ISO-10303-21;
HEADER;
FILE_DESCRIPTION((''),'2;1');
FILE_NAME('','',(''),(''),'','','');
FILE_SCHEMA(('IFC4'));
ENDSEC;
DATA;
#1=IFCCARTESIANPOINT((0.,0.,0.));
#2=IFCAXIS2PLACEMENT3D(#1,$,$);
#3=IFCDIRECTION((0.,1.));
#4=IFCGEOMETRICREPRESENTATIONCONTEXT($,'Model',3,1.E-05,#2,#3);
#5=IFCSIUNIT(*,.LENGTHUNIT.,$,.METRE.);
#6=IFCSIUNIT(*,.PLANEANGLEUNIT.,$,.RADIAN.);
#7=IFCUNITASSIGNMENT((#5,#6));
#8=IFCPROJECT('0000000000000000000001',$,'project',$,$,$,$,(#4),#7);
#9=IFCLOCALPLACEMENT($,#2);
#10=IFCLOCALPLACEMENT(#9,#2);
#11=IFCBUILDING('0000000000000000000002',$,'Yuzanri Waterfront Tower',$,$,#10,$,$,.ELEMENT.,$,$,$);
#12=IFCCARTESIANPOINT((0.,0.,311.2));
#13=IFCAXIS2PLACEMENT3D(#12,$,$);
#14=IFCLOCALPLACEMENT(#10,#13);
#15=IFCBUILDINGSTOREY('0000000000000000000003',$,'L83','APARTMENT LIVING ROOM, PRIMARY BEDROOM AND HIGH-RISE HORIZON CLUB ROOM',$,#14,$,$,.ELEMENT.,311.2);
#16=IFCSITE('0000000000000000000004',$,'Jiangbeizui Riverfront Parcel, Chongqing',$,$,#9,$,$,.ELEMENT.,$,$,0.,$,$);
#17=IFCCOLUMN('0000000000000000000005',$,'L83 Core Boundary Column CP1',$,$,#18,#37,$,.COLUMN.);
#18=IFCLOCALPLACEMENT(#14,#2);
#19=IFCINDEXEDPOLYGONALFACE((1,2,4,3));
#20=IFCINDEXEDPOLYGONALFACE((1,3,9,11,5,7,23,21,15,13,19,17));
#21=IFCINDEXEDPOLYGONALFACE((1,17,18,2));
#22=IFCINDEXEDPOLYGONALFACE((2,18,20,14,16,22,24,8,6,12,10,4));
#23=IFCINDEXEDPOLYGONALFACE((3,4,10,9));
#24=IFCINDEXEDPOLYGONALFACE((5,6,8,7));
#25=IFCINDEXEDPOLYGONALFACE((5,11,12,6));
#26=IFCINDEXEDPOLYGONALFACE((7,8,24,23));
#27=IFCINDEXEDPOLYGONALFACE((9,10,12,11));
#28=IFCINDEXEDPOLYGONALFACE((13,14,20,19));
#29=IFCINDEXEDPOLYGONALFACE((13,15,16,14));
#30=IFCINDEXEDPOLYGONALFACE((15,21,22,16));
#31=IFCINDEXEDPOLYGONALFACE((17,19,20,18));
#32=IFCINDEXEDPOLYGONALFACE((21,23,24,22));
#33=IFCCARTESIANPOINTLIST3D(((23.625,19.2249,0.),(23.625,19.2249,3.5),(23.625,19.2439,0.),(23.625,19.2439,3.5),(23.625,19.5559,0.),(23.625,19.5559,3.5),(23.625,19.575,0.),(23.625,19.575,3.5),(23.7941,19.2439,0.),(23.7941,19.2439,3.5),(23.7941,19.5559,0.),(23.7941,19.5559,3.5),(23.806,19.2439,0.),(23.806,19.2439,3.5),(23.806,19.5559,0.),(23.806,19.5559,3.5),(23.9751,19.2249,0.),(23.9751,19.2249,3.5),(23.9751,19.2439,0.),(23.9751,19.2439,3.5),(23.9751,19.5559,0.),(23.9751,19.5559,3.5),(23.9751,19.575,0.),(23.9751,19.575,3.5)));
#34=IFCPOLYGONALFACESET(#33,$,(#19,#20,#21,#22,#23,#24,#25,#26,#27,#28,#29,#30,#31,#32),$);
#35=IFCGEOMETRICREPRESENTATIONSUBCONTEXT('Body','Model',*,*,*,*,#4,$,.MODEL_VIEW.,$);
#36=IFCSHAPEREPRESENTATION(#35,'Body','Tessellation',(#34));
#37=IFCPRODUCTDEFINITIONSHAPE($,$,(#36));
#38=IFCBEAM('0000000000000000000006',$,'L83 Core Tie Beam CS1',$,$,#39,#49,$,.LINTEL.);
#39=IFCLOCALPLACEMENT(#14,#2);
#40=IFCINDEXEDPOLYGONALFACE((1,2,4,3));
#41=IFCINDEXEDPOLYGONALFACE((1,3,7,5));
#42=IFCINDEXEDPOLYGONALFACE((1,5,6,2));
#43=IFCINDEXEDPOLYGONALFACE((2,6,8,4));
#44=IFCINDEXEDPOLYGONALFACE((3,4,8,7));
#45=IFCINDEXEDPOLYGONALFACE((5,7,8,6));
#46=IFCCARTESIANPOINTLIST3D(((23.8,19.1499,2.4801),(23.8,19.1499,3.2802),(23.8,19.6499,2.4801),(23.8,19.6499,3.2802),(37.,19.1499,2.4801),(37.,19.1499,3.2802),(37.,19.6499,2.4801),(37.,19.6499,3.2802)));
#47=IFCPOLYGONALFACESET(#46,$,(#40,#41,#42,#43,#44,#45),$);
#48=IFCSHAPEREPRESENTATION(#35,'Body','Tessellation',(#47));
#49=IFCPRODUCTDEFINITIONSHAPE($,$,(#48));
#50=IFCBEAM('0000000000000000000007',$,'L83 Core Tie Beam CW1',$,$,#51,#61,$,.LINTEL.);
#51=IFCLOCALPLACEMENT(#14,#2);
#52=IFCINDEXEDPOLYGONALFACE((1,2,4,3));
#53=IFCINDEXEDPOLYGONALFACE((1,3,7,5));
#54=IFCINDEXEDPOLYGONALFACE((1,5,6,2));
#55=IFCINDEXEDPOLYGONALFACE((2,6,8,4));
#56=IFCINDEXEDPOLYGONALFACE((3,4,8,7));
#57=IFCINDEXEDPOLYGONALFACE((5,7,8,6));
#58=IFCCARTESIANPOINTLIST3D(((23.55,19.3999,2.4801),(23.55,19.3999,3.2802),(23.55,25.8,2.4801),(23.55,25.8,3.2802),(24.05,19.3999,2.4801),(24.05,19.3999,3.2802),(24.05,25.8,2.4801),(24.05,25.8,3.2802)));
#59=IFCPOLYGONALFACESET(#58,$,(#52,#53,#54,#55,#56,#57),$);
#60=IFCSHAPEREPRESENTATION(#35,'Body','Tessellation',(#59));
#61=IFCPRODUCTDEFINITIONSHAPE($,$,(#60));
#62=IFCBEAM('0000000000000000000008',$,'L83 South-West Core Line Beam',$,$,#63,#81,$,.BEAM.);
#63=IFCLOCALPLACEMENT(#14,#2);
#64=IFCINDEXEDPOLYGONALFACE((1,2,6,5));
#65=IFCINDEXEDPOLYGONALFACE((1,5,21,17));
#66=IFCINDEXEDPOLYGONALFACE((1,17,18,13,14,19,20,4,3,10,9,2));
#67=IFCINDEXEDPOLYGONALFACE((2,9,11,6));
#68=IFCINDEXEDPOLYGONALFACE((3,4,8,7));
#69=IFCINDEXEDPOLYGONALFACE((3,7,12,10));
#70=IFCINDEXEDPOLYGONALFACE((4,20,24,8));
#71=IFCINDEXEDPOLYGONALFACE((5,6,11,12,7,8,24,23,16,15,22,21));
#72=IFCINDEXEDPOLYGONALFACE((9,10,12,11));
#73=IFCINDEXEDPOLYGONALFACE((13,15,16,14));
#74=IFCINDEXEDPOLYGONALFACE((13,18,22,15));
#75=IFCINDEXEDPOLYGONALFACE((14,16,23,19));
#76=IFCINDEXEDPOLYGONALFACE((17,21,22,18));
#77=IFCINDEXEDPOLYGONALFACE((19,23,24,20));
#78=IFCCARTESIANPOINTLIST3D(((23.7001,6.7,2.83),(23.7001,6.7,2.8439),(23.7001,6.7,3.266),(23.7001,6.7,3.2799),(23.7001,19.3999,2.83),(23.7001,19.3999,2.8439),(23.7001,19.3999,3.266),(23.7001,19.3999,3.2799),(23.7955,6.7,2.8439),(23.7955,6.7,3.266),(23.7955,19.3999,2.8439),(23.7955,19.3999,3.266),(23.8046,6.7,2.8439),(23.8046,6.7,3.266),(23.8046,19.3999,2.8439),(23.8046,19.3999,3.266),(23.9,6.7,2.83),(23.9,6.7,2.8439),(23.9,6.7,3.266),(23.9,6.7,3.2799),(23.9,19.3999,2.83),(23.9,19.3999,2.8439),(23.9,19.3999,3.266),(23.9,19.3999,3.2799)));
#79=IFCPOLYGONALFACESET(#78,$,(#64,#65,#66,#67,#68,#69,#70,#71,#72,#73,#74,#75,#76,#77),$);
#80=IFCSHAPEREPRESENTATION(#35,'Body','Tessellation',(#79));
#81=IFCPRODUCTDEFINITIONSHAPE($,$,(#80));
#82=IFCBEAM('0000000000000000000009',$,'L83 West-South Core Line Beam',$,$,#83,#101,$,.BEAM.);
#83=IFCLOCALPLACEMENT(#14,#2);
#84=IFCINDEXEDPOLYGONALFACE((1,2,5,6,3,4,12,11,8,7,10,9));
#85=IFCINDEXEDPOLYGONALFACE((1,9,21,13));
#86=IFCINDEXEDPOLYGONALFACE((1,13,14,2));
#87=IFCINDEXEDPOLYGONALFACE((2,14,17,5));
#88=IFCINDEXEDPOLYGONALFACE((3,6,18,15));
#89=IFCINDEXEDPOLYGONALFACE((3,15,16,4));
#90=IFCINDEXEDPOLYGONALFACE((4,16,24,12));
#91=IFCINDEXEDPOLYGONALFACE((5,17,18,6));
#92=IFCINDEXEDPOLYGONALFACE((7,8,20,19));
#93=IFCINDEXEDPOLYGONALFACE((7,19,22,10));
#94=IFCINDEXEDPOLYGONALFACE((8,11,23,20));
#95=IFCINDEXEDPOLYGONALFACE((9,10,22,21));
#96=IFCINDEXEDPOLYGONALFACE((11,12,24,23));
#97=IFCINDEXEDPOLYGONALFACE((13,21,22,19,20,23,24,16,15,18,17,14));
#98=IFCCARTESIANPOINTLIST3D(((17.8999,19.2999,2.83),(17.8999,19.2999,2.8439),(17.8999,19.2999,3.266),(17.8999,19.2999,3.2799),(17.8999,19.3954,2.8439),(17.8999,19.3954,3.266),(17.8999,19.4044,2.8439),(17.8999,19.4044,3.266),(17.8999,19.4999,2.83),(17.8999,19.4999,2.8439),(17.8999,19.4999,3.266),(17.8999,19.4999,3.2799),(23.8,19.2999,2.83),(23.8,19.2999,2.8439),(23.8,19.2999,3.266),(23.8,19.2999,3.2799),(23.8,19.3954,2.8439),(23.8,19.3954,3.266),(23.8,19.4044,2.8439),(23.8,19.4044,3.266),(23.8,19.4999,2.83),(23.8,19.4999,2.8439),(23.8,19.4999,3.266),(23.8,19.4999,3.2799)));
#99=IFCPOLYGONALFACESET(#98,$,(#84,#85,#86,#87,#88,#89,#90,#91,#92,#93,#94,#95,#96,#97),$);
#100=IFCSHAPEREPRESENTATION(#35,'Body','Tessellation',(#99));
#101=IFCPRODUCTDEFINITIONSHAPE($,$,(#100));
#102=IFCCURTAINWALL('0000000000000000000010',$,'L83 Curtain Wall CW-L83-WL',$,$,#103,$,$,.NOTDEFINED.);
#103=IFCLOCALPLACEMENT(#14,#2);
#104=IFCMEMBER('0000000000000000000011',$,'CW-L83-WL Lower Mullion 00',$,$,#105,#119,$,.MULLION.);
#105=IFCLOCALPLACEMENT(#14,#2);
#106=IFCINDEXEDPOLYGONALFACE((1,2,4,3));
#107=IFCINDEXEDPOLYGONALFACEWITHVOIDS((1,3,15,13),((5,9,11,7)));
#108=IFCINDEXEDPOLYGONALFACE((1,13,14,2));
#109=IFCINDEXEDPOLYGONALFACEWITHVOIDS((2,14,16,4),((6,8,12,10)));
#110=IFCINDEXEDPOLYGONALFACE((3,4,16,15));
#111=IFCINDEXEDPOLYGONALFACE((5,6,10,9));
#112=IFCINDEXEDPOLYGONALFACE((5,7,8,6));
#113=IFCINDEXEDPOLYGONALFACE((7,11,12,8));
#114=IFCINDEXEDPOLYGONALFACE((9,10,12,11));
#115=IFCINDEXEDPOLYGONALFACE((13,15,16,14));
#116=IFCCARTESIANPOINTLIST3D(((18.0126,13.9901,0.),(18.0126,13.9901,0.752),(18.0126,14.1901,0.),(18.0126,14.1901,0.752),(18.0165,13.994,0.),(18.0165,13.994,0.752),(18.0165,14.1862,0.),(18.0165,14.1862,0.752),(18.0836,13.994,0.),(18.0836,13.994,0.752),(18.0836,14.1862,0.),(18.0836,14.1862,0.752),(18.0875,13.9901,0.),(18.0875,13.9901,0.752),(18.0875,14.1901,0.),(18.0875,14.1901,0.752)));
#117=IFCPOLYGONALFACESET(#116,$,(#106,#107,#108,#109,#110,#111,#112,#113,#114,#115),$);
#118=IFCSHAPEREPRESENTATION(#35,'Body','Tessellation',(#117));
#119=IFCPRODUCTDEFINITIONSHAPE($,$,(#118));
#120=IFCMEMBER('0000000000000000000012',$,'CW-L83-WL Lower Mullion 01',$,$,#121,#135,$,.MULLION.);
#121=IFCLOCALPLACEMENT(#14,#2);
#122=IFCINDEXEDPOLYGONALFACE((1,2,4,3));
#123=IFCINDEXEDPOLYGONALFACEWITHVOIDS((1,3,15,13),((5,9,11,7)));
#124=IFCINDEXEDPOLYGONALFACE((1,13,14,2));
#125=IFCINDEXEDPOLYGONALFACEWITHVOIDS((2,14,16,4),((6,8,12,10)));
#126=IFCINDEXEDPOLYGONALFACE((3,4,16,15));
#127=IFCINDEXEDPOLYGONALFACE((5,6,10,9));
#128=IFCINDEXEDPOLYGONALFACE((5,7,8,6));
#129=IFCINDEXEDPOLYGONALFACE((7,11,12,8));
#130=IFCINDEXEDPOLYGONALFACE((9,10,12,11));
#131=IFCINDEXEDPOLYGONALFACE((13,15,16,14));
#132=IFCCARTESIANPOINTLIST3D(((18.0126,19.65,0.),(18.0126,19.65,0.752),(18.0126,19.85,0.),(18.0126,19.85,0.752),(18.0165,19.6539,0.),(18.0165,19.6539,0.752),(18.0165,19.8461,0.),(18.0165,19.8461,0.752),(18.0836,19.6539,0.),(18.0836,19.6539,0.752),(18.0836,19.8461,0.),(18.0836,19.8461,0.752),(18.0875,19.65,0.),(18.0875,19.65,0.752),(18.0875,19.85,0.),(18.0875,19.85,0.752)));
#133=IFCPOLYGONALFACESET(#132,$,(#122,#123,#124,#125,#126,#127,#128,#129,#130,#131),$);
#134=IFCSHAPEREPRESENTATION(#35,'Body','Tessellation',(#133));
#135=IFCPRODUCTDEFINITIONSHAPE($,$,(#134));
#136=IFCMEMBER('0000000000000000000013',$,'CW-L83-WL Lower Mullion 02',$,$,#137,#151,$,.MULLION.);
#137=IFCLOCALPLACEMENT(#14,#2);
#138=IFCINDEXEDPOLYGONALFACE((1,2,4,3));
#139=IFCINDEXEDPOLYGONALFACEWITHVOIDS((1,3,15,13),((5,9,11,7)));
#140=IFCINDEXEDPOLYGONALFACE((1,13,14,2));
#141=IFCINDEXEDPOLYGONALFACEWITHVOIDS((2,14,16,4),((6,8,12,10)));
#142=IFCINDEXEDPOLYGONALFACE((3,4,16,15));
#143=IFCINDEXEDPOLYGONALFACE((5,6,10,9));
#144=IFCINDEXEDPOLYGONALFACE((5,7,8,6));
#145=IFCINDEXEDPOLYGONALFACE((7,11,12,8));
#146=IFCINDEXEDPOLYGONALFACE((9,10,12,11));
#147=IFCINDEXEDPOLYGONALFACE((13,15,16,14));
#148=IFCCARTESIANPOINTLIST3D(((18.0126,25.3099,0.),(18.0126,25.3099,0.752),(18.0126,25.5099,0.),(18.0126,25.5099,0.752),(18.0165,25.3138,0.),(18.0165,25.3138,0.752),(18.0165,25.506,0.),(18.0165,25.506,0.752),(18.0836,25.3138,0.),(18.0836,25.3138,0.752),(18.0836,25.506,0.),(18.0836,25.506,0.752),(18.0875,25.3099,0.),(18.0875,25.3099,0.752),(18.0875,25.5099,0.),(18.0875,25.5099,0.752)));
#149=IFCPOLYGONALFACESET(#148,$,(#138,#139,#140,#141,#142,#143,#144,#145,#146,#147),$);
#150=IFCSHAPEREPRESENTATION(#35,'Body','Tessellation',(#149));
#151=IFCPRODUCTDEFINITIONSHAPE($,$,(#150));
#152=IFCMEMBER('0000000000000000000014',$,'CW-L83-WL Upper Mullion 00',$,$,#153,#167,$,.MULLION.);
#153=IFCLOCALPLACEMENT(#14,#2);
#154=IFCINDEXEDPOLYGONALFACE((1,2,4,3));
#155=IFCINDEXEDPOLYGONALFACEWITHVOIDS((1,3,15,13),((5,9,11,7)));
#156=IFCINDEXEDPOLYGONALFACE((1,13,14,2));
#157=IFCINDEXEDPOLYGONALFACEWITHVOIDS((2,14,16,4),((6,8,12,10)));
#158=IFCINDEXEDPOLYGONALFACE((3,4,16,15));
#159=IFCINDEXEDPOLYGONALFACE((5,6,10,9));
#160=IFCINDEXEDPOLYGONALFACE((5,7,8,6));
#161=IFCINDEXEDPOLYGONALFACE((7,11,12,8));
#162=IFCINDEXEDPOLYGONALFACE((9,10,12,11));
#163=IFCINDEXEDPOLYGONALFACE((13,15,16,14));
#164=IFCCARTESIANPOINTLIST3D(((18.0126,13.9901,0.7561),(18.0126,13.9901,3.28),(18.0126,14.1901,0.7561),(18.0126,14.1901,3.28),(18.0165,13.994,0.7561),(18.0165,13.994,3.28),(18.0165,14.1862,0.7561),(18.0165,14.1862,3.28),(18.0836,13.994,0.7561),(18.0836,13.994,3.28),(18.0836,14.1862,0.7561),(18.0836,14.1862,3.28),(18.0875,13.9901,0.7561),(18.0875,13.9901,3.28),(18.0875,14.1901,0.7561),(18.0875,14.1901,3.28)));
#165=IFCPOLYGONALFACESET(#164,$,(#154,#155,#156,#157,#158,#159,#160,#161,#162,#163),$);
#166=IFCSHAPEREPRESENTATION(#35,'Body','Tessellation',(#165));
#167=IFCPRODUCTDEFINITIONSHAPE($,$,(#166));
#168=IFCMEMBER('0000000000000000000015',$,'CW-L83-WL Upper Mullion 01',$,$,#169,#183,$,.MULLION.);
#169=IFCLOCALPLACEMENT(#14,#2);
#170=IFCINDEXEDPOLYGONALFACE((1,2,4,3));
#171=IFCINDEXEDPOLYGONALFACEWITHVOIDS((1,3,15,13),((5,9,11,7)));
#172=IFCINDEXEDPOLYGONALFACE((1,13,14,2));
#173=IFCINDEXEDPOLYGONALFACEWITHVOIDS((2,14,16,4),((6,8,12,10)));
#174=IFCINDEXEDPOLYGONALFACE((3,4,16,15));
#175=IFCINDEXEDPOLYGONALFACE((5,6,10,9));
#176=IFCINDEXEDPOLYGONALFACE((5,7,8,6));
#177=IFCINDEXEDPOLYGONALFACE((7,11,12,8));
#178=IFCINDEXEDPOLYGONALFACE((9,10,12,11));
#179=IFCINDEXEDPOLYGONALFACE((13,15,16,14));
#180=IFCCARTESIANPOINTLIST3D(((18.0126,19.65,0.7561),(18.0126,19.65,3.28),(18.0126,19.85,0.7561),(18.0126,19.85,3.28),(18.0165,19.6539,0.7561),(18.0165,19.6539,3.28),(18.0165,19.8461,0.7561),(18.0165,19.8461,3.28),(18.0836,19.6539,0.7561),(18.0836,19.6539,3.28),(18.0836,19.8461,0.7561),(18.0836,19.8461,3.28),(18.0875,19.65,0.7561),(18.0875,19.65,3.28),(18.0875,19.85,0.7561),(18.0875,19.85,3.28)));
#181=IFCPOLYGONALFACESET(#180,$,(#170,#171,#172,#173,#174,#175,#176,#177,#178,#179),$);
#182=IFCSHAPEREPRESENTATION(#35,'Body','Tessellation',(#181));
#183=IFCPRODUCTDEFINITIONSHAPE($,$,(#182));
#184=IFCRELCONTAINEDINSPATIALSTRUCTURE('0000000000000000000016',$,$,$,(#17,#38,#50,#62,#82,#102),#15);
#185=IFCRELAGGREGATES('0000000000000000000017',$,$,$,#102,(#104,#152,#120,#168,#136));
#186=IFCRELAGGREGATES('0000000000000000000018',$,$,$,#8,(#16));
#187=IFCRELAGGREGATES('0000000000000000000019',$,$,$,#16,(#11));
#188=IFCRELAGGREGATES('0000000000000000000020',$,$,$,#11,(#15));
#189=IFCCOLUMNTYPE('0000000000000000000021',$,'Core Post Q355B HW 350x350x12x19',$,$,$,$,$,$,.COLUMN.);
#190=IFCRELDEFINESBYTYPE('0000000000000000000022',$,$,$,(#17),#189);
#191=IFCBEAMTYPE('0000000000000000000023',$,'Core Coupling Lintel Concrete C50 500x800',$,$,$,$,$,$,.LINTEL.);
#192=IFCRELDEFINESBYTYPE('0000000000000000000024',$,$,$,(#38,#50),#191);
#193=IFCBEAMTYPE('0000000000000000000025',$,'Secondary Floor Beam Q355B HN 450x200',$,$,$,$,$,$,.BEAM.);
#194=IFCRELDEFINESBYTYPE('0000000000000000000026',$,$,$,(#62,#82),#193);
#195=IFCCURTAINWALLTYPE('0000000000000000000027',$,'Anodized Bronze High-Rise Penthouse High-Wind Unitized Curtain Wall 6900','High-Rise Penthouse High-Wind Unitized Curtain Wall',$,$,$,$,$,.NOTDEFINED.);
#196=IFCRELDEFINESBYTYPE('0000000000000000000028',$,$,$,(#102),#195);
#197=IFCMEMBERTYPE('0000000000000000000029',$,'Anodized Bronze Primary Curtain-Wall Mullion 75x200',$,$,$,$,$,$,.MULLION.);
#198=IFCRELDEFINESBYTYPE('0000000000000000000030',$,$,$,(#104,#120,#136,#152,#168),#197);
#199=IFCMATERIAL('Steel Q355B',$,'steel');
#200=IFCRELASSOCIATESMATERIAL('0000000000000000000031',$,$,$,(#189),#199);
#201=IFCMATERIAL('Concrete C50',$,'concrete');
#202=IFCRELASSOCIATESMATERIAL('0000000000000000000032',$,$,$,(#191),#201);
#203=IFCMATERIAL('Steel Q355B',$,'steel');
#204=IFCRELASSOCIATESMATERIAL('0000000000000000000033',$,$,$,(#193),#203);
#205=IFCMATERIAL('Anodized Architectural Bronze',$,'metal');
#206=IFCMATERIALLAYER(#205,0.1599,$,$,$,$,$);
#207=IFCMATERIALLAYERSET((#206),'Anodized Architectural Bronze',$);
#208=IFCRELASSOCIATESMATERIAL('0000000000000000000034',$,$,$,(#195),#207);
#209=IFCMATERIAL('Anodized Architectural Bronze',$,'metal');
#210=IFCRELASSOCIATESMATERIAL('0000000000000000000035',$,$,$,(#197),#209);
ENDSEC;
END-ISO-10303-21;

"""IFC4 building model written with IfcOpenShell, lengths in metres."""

from ifc_helpers import new_model, si_unit, direction, frame, origin, origin_2d, place, context, subcontext, project, spatial, rectangle, hollow_rectangle, i_section, extrude, source, transform, mapped, material, layer, layer_set, material_profile, profile_set, type_object, element, aggregate, save


model = new_model("IFC4")

# Units and contexts
model_context = context("Model", 3, precision=1e-05, world=origin(), true_north=direction((0.0, 1.0)))
body_context = subcontext(model_context, "Body", "Model", "MODEL_VIEW")
ifc_project = project(units=[si_unit("LENGTHUNIT", "METRE"), si_unit("PLANEANGLEUNIT", "RADIAN")], contexts=[model_context])

# Site, building, storey
site_placement = place(None, origin())
site = spatial("IfcSite", under=ifc_project, at=site_placement, Name="Jiangbeizui Riverfront Parcel, Chongqing", CompositionType="ELEMENT", RefElevation=0.0)
building_placement = place(site_placement, origin())
building = spatial("IfcBuilding", under=site, at=building_placement, Name="Yuzanri Waterfront Tower", CompositionType="ELEMENT")
storey_placement = place(building_placement, frame((0.0, 0.0, 311.2)))
storey = spatial("IfcBuildingStorey", under=building, at=storey_placement, Name="L83", Description="APARTMENT LIVING ROOM, PRIMARY BEDROOM AND HIGH-RISE HORIZON CLUB ROOM", CompositionType="ELEMENT", Elevation=311.2)

# Column
ifc_material_1 = material(Name="Steel Q355B", Category="steel")
ifc_material_profile_1 = material_profile(ifc_material_1, i_section(OverallWidth=0.3501, OverallDepth=0.3501, WebThickness=0.012, FlangeThickness=0.019, at=origin_2d()), Name="HW 350x350x12x19")
ifc_profile_set_1 = profile_set([ifc_material_profile_1], Name="Steel Q355B")
column_type = type_object("IfcColumnType", Name="Core Post Q355B HW 350x350x12x19", PredefinedType="COLUMN", material=ifc_profile_set_1)
shared_shape_1 = source(origin(), body_context, "Body", "SweptSolid", [
    extrude(i_section(OverallWidth=0.3501, OverallDepth=0.3501, WebThickness=0.012, FlangeThickness=0.019, at=origin_2d()), origin(), (0.0, 0.0, 1.0), 3.5),
])
column_placement = place(storey_placement, frame((23.8, 19.3999, 0.0), z_axis=(0.0, 0.0, 1.0), x_axis=(1.0, 0.0, 0.0)))
element("IfcColumn", 1, at=column_placement, inside=storey, type_object=column_type, Name="L83 Core Boundary Column CP1", PredefinedType="COLUMN", context=body_context, shape_type="MappedRepresentation", body=[
    mapped(shared_shape_1, transform((0.0, 0.0, 0.0), scale=1.0)),
])

# Beams
ifc_material_2 = material(Name="Concrete C50", Category="concrete")
ifc_material_profile_2 = material_profile(ifc_material_2, rectangle(XDim=0.5, YDim=0.8, at=origin_2d()), Name="RC 500x800")
ifc_profile_set_2 = profile_set([ifc_material_profile_2], Name="Concrete C50")
beam_type_1 = type_object("IfcBeamType", Name="Core Coupling Lintel Concrete C50 500x800", PredefinedType="LINTEL", material=ifc_profile_set_2)
shared_shape_2 = source(origin(), body_context, "Body", "SweptSolid", [
    extrude(rectangle(XDim=0.5, YDim=0.8, at=origin_2d()), origin(), (0.0, 0.0, 1.0), 13.2),
])
beam_1_placement = place(storey_placement, frame((23.8, 19.3999, 2.8801), z_axis=(1.0, 0.0, 0.0), x_axis=(0.0, 1.0, 0.0)))
element("IfcBeam", 2, at=beam_1_placement, inside=storey, type_object=beam_type_1, Name="L83 Core Tie Beam CS1", PredefinedType="LINTEL", context=body_context, shape_type="MappedRepresentation", body=[
    mapped(shared_shape_2, transform((0.0, 0.0, 0.0), scale=1.0)),
])
shared_shape_3 = source(origin(), body_context, "Body", "SweptSolid", [
    extrude(rectangle(XDim=0.5, YDim=0.8, at=origin_2d()), origin(), (0.0, 0.0, 1.0), 6.4001),
])
beam_2_placement = place(storey_placement, frame((23.8, 19.3999, 2.8801), z_axis=(0.0, 1.0, 0.0), x_axis=(-1.0, 0.0, 0.0)))
element("IfcBeam", 3, at=beam_2_placement, inside=storey, type_object=beam_type_1, Name="L83 Core Tie Beam CW1", PredefinedType="LINTEL", context=body_context, shape_type="MappedRepresentation", body=[
    mapped(shared_shape_3, transform((0.0, 0.0, 0.0), scale=1.0)),
])
ifc_material_3 = material(Name="Steel Q355B", Category="steel")
ifc_material_profile_3 = material_profile(ifc_material_3, i_section(OverallWidth=0.2, OverallDepth=0.45, WebThickness=0.009, FlangeThickness=0.0139, at=origin_2d()), Name="HN 450x200x9x14")
ifc_profile_set_3 = profile_set([ifc_material_profile_3], Name="Steel Q355B")
beam_type_2 = type_object("IfcBeamType", Name="Secondary Floor Beam Q355B HN 450x200", PredefinedType="BEAM", material=ifc_profile_set_3)
shared_shape_4 = source(origin(), body_context, "Body", "SweptSolid", [
    extrude(i_section(OverallWidth=0.2, OverallDepth=0.45, WebThickness=0.009, FlangeThickness=0.0139, at=origin_2d()), origin(), (0.0, 0.0, 1.0), 12.7),
])
beam_3_placement = place(storey_placement, frame((23.8, 19.3999, 3.0549), z_axis=(0.0, -1.0, 0.0), x_axis=(1.0, 0.0, 0.0)))
element("IfcBeam", 4, at=beam_3_placement, inside=storey, type_object=beam_type_2, Name="L83 South-West Core Line Beam", PredefinedType="BEAM", context=body_context, shape_type="MappedRepresentation", body=[
    mapped(shared_shape_4, transform((0.0, 0.0, 0.0), scale=1.0)),
])
shared_shape_5 = source(origin(), body_context, "Body", "SweptSolid", [
    extrude(i_section(OverallWidth=0.2, OverallDepth=0.45, WebThickness=0.009, FlangeThickness=0.0139, at=origin_2d()), origin(), (0.0, 0.0, 1.0), 5.9001),
])
beam_4_placement = place(storey_placement, frame((23.8, 19.3999, 3.0549), z_axis=(-1.0, 0.0, 0.0), x_axis=(0.0, -1.0, 0.0)))
element("IfcBeam", 5, at=beam_4_placement, inside=storey, type_object=beam_type_2, Name="L83 West-South Core Line Beam", PredefinedType="BEAM", context=body_context, shape_type="MappedRepresentation", body=[
    mapped(shared_shape_5, transform((0.0, 0.0, 0.0), scale=1.0)),
])

# Curtain wall, members
ifc_material_4 = material(Name="Anodized Architectural Bronze", Category="metal")
ifc_layer_1 = layer(ifc_material_4, 0.1599)
ifc_layer_set_1 = layer_set([ifc_layer_1], Name="Anodized Architectural Bronze")
curtain_wall_type = type_object("IfcCurtainWallType", Name="Anodized Bronze High-Rise Penthouse High-Wind Unitized Curtain Wall 6900", Description="High-Rise Penthouse High-Wind Unitized Curtain Wall", PredefinedType="NOTDEFINED", material=ifc_layer_set_1)
curtain_wall_placement = place(storey_placement, origin())
curtain_wall = element("IfcCurtainWall", 6, at=curtain_wall_placement, inside=storey, type_object=curtain_wall_type, Name="L83 Curtain Wall CW-L83-WL", PredefinedType="NOTDEFINED")
ifc_material_5 = material(Name="Anodized Architectural Bronze", Category="metal")
ifc_material_profile_4 = material_profile(ifc_material_5, hollow_rectangle(XDim=0.075, YDim=0.2, WallThickness=0.0039, at=origin_2d()), Name="CWM 75x200")
ifc_profile_set_4 = profile_set([ifc_material_profile_4], Name="Anodized Architectural Bronze")
member_type = type_object("IfcMemberType", Name="Anodized Bronze Primary Curtain-Wall Mullion 75x200", PredefinedType="MULLION", material=ifc_profile_set_4)
shared_shape_6 = source(origin(), body_context, "Body", "SweptSolid", [
    extrude(hollow_rectangle(XDim=0.075, YDim=0.2, WallThickness=0.0039, at=origin_2d()), origin(), (0.0, 0.0, 1.0), 0.752),
])
member_1_placement = place(storey_placement, frame((18.05, 14.0901, 0.0), z_axis=(0.0, 0.0, 1.0), x_axis=(1.0, 0.0, 0.0)))
member_1 = element("IfcMember", 7, at=member_1_placement, type_object=member_type, Name="CW-L83-WL Lower Mullion 00", PredefinedType="MULLION", context=body_context, shape_type="MappedRepresentation", body=[
    mapped(shared_shape_6, transform((0.0, 0.0, 0.0), scale=1.0)),
])
member_2_placement = place(storey_placement, frame((18.05, 19.75, 0.0), z_axis=(0.0, 0.0, 1.0), x_axis=(1.0, 0.0, 0.0)))
member_2 = element("IfcMember", 8, at=member_2_placement, type_object=member_type, Name="CW-L83-WL Lower Mullion 01", PredefinedType="MULLION", context=body_context, shape_type="MappedRepresentation", body=[
    mapped(shared_shape_6, transform((0.0, 0.0, 0.0), scale=1.0)),
])
member_3_placement = place(storey_placement, frame((18.05, 25.4099, 0.0), z_axis=(0.0, 0.0, 1.0), x_axis=(1.0, 0.0, 0.0)))
member_3 = element("IfcMember", 9, at=member_3_placement, type_object=member_type, Name="CW-L83-WL Lower Mullion 02", PredefinedType="MULLION", context=body_context, shape_type="MappedRepresentation", body=[
    mapped(shared_shape_6, transform((0.0, 0.0, 0.0), scale=1.0)),
])
shared_shape_7 = source(origin(), body_context, "Body", "SweptSolid", [
    extrude(hollow_rectangle(XDim=0.075, YDim=0.2, WallThickness=0.0039, at=origin_2d()), origin(), (0.0, 0.0, 1.0), 2.5239),
])
member_4_placement = place(storey_placement, frame((18.05, 14.0901, 0.7561), z_axis=(0.0, 0.0, 1.0), x_axis=(1.0, 0.0, 0.0)))
member_4 = element("IfcMember", 10, at=member_4_placement, type_object=member_type, Name="CW-L83-WL Upper Mullion 00", PredefinedType="MULLION", context=body_context, shape_type="MappedRepresentation", body=[
    mapped(shared_shape_7, transform((0.0, 0.0, 0.0), scale=1.0)),
])
member_5_placement = place(storey_placement, frame((18.05, 19.75, 0.7561), z_axis=(0.0, 0.0, 1.0), x_axis=(1.0, 0.0, 0.0)))
member_5 = element("IfcMember", 11, at=member_5_placement, type_object=member_type, Name="CW-L83-WL Upper Mullion 01", PredefinedType="MULLION", context=body_context, shape_type="MappedRepresentation", body=[
    mapped(shared_shape_7, transform((0.0, 0.0, 0.0), scale=1.0)),
])
aggregate(curtain_wall, [member_1, member_4, member_2, member_5, member_3])

save(model, "model.ifc")
